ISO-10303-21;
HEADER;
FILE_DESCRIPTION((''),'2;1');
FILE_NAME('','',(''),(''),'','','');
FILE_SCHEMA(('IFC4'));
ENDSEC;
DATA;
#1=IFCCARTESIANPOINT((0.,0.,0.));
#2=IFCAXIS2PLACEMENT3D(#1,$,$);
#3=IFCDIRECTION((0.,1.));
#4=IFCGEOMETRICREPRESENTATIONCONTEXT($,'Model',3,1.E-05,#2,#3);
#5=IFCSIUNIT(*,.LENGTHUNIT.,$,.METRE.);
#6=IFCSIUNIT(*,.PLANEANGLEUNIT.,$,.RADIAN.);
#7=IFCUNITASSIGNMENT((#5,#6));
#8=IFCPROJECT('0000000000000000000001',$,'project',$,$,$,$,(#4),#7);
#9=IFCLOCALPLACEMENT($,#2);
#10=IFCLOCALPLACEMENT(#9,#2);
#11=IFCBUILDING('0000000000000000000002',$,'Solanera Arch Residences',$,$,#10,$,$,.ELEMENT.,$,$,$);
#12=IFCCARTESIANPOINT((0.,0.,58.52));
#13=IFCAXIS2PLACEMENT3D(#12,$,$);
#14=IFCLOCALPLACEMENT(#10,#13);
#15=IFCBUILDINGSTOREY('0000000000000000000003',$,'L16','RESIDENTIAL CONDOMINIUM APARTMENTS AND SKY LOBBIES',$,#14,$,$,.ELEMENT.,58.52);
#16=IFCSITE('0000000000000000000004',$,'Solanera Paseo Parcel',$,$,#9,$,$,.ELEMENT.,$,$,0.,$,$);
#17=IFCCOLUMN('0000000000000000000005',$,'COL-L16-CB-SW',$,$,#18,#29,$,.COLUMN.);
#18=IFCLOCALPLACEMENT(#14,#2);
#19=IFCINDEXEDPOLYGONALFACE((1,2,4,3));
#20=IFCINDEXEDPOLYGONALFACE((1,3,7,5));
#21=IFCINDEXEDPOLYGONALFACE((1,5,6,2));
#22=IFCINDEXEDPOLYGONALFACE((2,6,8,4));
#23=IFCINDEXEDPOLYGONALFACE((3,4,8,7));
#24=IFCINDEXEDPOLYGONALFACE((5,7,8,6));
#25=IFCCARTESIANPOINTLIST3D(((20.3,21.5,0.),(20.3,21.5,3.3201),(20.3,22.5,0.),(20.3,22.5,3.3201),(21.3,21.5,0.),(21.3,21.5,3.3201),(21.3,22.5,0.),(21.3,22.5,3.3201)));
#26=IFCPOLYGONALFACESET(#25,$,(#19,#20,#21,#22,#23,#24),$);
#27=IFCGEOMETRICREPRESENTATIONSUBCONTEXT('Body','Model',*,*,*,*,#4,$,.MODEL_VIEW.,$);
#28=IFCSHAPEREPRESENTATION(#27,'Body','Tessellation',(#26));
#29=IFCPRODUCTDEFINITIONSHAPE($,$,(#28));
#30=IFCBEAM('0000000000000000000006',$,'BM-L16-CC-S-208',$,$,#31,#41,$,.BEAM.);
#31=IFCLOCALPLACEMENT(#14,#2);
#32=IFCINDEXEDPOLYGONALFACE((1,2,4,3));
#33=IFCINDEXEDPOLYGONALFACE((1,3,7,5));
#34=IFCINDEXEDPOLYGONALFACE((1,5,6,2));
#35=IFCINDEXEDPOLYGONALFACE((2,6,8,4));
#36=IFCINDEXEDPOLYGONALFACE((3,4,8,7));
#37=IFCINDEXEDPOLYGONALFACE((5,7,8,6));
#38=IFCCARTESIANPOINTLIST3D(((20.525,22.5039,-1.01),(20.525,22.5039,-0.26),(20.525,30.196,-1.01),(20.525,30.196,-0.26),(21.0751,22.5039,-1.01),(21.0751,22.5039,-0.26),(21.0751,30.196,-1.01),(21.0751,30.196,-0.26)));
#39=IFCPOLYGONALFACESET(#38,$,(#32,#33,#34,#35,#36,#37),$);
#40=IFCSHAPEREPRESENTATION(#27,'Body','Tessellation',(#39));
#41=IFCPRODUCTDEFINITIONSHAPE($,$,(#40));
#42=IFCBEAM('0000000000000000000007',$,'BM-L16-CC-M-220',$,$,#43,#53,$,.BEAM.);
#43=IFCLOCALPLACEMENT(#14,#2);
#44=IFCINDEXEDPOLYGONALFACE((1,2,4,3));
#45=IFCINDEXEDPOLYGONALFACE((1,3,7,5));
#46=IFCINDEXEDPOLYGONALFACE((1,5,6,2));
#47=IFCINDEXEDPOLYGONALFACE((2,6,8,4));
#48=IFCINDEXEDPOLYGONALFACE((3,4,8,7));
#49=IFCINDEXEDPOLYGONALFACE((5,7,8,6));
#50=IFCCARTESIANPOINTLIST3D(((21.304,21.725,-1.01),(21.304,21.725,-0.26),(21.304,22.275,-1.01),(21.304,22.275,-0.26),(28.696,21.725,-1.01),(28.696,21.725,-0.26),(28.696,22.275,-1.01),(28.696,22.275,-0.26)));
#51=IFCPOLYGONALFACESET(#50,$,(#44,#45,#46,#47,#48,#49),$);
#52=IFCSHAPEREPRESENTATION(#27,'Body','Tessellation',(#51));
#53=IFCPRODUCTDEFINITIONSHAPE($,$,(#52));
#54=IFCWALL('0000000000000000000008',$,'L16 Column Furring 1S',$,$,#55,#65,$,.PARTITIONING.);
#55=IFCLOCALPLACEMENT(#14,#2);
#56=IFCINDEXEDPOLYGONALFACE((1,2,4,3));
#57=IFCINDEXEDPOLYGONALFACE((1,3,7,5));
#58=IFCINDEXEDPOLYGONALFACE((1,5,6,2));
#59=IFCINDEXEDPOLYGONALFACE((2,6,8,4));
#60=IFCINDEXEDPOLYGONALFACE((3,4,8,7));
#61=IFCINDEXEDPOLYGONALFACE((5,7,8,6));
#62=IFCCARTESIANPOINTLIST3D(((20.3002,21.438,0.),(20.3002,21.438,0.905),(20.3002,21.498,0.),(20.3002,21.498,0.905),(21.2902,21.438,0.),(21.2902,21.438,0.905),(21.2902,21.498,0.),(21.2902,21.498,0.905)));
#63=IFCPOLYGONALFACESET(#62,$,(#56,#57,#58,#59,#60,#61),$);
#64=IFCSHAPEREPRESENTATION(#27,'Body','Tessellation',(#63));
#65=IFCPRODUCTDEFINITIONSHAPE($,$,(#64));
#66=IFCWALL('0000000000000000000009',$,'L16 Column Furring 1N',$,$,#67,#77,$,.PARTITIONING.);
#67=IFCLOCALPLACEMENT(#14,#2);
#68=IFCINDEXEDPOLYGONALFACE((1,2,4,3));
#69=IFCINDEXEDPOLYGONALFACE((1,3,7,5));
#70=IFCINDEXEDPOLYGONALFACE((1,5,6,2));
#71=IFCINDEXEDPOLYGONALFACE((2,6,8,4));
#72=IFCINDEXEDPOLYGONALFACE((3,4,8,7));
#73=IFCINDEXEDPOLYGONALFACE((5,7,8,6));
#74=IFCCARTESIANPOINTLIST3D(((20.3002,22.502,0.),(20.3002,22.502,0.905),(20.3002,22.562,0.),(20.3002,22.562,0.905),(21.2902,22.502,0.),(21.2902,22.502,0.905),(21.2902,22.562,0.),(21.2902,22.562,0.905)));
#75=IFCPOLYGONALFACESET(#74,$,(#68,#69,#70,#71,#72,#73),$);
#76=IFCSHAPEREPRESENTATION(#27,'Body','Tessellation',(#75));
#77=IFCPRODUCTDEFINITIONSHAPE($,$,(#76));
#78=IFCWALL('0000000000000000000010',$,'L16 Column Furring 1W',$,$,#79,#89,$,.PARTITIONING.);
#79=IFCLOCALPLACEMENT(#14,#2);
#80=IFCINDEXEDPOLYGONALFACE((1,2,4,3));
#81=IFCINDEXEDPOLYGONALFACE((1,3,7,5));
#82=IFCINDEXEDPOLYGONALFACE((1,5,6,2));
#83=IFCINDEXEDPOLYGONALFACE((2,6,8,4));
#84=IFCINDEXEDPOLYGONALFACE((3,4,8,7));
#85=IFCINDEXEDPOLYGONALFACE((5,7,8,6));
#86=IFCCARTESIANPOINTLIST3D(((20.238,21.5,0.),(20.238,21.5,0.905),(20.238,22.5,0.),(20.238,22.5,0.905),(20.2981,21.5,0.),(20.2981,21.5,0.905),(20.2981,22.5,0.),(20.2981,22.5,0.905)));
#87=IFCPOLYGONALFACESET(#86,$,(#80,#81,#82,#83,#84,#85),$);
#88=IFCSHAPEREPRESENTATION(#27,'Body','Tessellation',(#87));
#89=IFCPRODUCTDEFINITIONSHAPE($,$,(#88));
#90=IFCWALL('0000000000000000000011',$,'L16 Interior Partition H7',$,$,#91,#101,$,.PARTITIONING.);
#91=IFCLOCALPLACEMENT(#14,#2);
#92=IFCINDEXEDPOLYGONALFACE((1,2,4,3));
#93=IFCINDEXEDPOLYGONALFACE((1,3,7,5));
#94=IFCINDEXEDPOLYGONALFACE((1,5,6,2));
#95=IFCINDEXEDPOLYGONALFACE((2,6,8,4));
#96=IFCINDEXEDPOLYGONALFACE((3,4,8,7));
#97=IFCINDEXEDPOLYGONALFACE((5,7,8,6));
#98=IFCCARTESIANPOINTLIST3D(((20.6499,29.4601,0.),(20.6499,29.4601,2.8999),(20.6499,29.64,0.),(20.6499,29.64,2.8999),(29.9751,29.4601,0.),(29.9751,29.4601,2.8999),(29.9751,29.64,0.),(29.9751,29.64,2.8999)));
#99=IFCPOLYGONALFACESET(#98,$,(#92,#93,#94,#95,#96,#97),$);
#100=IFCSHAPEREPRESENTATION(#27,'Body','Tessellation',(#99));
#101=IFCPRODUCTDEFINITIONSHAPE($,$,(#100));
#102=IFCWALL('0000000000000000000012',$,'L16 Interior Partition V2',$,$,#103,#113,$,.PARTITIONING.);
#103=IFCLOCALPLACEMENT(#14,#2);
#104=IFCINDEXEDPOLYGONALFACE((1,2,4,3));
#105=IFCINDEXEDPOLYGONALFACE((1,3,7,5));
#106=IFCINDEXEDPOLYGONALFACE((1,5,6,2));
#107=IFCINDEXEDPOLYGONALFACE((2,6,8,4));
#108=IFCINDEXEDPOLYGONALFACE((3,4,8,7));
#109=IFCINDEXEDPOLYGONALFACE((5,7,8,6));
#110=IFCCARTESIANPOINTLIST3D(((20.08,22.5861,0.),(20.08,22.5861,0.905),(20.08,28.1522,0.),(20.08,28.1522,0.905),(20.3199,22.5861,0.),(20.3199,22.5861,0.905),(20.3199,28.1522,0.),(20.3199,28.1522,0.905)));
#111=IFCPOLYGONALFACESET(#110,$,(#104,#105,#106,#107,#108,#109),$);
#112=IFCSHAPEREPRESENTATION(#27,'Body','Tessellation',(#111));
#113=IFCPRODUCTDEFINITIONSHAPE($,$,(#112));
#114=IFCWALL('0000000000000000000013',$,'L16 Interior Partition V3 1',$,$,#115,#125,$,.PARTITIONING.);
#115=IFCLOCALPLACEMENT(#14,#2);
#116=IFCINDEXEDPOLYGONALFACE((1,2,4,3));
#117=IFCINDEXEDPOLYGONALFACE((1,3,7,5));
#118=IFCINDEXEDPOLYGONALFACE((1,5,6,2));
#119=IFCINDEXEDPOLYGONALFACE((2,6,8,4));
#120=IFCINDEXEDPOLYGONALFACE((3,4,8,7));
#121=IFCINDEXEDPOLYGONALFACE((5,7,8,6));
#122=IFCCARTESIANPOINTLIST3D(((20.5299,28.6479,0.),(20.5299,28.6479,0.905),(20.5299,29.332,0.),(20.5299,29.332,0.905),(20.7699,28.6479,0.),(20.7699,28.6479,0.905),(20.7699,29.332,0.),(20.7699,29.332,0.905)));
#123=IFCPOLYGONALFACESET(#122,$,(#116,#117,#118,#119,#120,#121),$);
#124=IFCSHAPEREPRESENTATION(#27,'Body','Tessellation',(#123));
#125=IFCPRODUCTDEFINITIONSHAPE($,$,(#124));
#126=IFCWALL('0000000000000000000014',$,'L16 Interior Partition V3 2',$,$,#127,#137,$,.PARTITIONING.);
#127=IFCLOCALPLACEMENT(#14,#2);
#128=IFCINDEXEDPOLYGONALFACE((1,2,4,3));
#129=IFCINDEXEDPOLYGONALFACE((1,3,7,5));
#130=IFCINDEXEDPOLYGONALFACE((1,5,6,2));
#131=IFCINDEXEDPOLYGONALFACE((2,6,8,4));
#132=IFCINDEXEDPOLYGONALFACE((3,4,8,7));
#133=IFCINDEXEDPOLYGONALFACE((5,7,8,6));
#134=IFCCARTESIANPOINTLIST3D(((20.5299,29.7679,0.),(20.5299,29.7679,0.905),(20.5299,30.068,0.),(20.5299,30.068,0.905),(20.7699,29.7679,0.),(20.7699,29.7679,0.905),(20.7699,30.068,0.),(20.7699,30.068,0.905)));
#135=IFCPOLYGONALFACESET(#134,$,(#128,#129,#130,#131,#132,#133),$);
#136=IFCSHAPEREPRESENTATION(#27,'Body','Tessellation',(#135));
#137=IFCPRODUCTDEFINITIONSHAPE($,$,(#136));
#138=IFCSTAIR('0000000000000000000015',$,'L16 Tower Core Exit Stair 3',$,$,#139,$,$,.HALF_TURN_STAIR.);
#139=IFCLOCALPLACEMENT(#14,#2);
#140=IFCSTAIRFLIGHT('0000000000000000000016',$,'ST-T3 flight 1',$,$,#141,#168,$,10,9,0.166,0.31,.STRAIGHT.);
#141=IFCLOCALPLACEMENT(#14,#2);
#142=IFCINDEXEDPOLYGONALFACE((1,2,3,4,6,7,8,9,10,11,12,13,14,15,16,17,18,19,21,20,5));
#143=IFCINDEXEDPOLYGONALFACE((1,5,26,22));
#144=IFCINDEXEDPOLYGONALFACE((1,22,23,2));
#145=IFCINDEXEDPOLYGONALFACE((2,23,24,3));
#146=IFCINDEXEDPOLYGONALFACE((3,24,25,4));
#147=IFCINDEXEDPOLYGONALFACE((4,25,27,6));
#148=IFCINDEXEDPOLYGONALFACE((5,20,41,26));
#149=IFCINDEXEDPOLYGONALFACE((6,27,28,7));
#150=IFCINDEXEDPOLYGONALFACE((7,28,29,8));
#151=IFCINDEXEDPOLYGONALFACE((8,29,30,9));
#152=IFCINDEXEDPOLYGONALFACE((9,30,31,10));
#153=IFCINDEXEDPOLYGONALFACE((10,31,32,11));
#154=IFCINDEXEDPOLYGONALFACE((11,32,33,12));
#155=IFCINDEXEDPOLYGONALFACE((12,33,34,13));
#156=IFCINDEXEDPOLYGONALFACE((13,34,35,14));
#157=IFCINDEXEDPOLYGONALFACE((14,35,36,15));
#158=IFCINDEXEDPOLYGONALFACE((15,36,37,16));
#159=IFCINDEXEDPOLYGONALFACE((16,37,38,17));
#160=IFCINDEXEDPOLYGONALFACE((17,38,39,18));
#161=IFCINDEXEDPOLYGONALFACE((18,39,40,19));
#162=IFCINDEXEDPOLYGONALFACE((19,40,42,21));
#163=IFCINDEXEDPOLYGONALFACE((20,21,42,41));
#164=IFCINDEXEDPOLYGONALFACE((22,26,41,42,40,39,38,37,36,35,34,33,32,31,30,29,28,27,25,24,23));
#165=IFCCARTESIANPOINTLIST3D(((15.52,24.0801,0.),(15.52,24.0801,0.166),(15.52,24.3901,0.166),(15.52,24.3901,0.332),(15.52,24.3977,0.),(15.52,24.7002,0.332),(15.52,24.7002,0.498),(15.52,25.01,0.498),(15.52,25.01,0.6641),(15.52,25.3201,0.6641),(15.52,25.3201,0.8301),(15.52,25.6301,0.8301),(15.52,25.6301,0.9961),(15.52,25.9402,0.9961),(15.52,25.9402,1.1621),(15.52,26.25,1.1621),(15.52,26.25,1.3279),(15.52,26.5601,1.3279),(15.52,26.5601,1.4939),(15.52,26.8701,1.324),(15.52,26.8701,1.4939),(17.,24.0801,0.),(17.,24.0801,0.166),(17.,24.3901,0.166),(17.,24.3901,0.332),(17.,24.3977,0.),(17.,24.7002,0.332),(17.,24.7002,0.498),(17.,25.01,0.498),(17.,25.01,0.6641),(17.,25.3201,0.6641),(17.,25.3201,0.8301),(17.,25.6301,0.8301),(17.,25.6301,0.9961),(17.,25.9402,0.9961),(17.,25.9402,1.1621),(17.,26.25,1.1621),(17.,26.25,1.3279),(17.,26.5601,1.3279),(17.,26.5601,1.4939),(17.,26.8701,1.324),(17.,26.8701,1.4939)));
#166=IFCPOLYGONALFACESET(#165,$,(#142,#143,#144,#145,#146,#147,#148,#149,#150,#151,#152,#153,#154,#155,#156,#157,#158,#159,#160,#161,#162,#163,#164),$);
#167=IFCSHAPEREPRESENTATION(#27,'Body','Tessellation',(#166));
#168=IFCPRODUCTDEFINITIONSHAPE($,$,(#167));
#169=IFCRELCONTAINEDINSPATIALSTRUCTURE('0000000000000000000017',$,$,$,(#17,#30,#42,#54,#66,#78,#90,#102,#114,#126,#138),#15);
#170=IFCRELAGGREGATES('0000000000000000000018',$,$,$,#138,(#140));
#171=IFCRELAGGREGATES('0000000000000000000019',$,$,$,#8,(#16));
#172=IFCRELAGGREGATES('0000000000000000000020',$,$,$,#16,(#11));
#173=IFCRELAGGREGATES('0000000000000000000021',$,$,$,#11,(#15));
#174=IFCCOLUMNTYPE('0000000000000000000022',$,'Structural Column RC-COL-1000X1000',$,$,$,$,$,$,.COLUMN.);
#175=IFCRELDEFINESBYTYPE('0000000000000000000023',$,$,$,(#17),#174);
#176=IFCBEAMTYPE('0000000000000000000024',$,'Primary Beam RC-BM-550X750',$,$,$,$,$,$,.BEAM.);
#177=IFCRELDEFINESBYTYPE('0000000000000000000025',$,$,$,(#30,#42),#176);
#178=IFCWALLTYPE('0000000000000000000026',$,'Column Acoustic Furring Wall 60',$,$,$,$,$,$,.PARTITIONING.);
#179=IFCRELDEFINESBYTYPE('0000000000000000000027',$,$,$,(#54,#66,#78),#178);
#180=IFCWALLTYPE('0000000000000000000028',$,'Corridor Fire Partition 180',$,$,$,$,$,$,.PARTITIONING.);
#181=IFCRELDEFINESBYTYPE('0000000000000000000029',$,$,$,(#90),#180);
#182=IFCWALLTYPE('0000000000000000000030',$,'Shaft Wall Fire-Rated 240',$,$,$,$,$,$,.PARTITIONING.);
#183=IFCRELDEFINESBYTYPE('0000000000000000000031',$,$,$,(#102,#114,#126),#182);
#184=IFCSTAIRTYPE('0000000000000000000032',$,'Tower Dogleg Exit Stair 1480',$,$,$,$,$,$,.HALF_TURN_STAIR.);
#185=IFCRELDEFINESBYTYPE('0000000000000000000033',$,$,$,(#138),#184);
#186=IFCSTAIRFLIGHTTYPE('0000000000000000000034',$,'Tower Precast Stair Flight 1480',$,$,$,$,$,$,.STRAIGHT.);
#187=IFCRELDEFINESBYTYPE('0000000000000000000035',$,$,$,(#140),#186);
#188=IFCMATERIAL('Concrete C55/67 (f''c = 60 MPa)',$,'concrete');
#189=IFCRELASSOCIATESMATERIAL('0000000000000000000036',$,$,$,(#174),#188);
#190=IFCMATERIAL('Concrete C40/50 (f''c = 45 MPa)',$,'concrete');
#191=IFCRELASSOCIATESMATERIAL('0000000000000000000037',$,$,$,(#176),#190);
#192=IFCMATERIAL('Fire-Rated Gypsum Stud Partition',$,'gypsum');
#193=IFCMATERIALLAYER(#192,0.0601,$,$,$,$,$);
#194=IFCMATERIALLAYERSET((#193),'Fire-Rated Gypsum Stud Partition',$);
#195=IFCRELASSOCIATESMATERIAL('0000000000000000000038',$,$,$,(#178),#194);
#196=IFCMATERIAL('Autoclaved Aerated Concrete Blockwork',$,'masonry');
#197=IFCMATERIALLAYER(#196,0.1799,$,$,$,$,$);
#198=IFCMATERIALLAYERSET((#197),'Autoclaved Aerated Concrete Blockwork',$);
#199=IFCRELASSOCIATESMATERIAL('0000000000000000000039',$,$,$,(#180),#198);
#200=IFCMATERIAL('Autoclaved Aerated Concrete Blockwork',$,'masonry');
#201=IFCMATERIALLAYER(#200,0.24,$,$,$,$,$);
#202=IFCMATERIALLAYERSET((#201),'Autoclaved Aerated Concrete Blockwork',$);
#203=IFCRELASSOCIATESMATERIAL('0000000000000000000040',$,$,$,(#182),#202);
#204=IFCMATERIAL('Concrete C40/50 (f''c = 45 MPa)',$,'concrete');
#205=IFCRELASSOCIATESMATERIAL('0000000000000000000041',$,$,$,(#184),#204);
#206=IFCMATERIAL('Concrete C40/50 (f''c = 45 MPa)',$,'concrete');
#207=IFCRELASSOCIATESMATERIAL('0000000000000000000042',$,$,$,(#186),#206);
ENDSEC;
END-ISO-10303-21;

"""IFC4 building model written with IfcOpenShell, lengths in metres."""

from ifc_helpers import new_model, si_unit, direction, frame, frame_2d, origin, origin_2d, place, context, subcontext, project, spatial, polyline, rectangle, outline, extrude, material, layer, layer_set, material_profile, profile_set, type_object, element, aggregate, save


model = new_model("IFC4")

# Units and contexts
model_context = context("Model", 3, precision=1e-05, world=origin(), true_north=direction((0.0, 1.0)))
body_context = subcontext(model_context, "Body", "Model", "MODEL_VIEW")
ifc_project = project(units=[si_unit("LENGTHUNIT", "METRE"), si_unit("PLANEANGLEUNIT", "RADIAN")], contexts=[model_context])

# Site, building, storey
site_placement = place(None, origin())
site = spatial("IfcSite", under=ifc_project, at=site_placement, Name="Solanera Paseo Parcel", CompositionType="ELEMENT", RefElevation=0.0)
building_placement = place(site_placement, origin())
building = spatial("IfcBuilding", under=site, at=building_placement, Name="Solanera Arch Residences", CompositionType="ELEMENT")
storey_placement = place(building_placement, frame((0.0, 0.0, 58.52)))
storey = spatial("IfcBuildingStorey", under=building, at=storey_placement, Name="L16", Description="RESIDENTIAL CONDOMINIUM APARTMENTS AND SKY LOBBIES", CompositionType="ELEMENT", Elevation=58.52)

# Column
ifc_material_1 = material(Name="Concrete C55/67 (f'c = 60 MPa)", Category="concrete")
ifc_material_profile_1 = material_profile(ifc_material_1, rectangle(XDim=1.0, YDim=1.0, at=origin_2d()))
ifc_profile_set_1 = profile_set([ifc_material_profile_1], Name="Concrete C55/67 (f'c = 60 MPa)")
column_type = type_object("IfcColumnType", Name="Structural Column RC-COL-1000X1000", PredefinedType="COLUMN", material=ifc_profile_set_1)
column_placement = place(storey_placement, frame((20.8, 22.0, 0.0), z_axis=(0.0, 0.0, 1.0), x_axis=(1.0, 0.0, 0.0)))
element("IfcColumn", 1, at=column_placement, inside=storey, type_object=column_type, Name="COL-L16-CB-SW", PredefinedType="COLUMN", context=body_context, shape_type="SweptSolid", body=[
    extrude(rectangle(XDim=1.0, YDim=1.0, at=origin_2d()), origin(), (0.0, 0.0, 1.0), 3.3201),
])

# Beams
ifc_material_2 = material(Name="Concrete C40/50 (f'c = 45 MPa)", Category="concrete")
ifc_material_profile_2 = material_profile(ifc_material_2, rectangle(XDim=0.55, YDim=0.75, at=origin_2d()))
ifc_profile_set_2 = profile_set([ifc_material_profile_2], Name="Concrete C40/50 (f'c = 45 MPa)")
beam_type = type_object("IfcBeamType", Name="Primary Beam RC-BM-550X750", PredefinedType="BEAM", material=ifc_profile_set_2)
beam_1_placement = place(storey_placement, frame((20.8, 22.5039, -0.635), z_axis=(0.0, 1.0, 0.0), x_axis=(-1.0, 0.0, 0.0)))
element("IfcBeam", 2, at=beam_1_placement, inside=storey, type_object=beam_type, Name="BM-L16-CC-S-208", PredefinedType="BEAM", context=body_context, shape_type="SweptSolid", body=[
    extrude(rectangle(XDim=0.55, YDim=0.75, at=origin_2d()), origin(), (0.0, 0.0, 1.0), 7.6921),
])
beam_2_placement = place(storey_placement, frame((21.304, 22.0, -0.635), z_axis=(1.0, 0.0, 0.0), x_axis=(0.0, 1.0, 0.0)))
element("IfcBeam", 3, at=beam_2_placement, inside=storey, type_object=beam_type, Name="BM-L16-CC-M-220", PredefinedType="BEAM", context=body_context, shape_type="SweptSolid", body=[
    extrude(rectangle(XDim=0.55, YDim=0.75, at=origin_2d()), origin(), (0.0, 0.0, 1.0), 7.3921),
])

# Walls
ifc_material_3 = material(Name="Fire-Rated Gypsum Stud Partition", Category="gypsum")
ifc_layer_1 = layer(ifc_material_3, 0.0601)
ifc_layer_set_1 = layer_set([ifc_layer_1], Name="Fire-Rated Gypsum Stud Partition")
wall_type_1 = type_object("IfcWallType", Name="Column Acoustic Furring Wall 60", PredefinedType="PARTITIONING", material=ifc_layer_set_1)
for number, where, z_axis, x_axis, name in (
    (4, (20.3, 21.468, 0.0), (0.0, 0.0, 1.0), (1.0, 0.0, 0.0), "L16 Column Furring 1S"),
    (5, (20.3, 22.532, 0.0), (0.0, 0.0, 1.0), (1.0, 0.0, 0.0), "L16 Column Furring 1N"),
):
    element("IfcWall", number, at=place(storey_placement, frame(where, z_axis=z_axis, x_axis=x_axis)), inside=storey, type_object=wall_type_1, Name=name, PredefinedType="PARTITIONING", context=body_context, shape_type="SweptSolid", body=[
        extrude(rectangle(XDim=0.99, YDim=0.0601, at=frame_2d((0.4951, 0.0))), origin(), (0.0, 0.0, 1.0), 0.905),
    ])
wall_1_placement = place(storey_placement, frame((20.2681, 21.5, 0.0), z_axis=(0.0, 0.0, 1.0), x_axis=(0.0, 1.0, 0.0)))
element("IfcWall", 6, at=wall_1_placement, inside=storey, type_object=wall_type_1, Name="L16 Column Furring 1W", PredefinedType="PARTITIONING", context=body_context, shape_type="SweptSolid", body=[
    extrude(rectangle(XDim=1.0, YDim=0.0601, at=frame_2d((0.5, 0.0))), origin(), (0.0, 0.0, 1.0), 0.905),
])

# Wall
ifc_material_4 = material(Name="Autoclaved Aerated Concrete Blockwork", Category="masonry")
ifc_layer_2 = layer(ifc_material_4, 0.1799)
ifc_layer_set_2 = layer_set([ifc_layer_2], Name="Autoclaved Aerated Concrete Blockwork")
wall_type_2 = type_object("IfcWallType", Name="Corridor Fire Partition 180", PredefinedType="PARTITIONING", material=ifc_layer_set_2)
wall_2_placement = place(storey_placement, frame((20.6499, 29.55, 0.0), z_axis=(0.0, 0.0, 1.0), x_axis=(1.0, 0.0, 0.0)))
element("IfcWall", 7, at=wall_2_placement, inside=storey, type_object=wall_type_2, Name="L16 Interior Partition H7", PredefinedType="PARTITIONING", context=body_context, shape_type="SweptSolid", body=[
    extrude(rectangle(XDim=9.3252, YDim=0.1799, at=frame_2d((4.6626, 0.0))), origin(), (0.0, 0.0, 1.0), 2.8999),
])

# Shared definitions
ifc_material_5 = material(Name="Autoclaved Aerated Concrete Blockwork", Category="masonry")
ifc_layer_3 = layer(ifc_material_5, 0.24)
ifc_layer_set_3 = layer_set([ifc_layer_3], Name="Autoclaved Aerated Concrete Blockwork")
wall_type_3 = type_object("IfcWallType", Name="Shaft Wall Fire-Rated 240", PredefinedType="PARTITIONING", material=ifc_layer_set_3)

# Walls
wall_3_placement = place(storey_placement, frame((20.2, 22.5859, 0.0), z_axis=(0.0, 0.0, 1.0), x_axis=(0.0, 1.0, 0.0)))
element("IfcWall", 8, at=wall_3_placement, inside=storey, type_object=wall_type_3, Name="L16 Interior Partition V2", PredefinedType="PARTITIONING", context=body_context, shape_type="SweptSolid", body=[
    extrude(rectangle(XDim=5.5662, YDim=0.24, at=frame_2d((2.7832, 0.0))), origin(), (0.0, 0.0, 1.0), 0.905),
])
wall_4_placement = place(storey_placement, frame((20.6499, 28.6479, 0.0), z_axis=(0.0, 0.0, 1.0), x_axis=(0.0, 1.0, 0.0)))
element("IfcWall", 9, at=wall_4_placement, inside=storey, type_object=wall_type_3, Name="L16 Interior Partition V3 1", PredefinedType="PARTITIONING", context=body_context, shape_type="SweptSolid", body=[
    extrude(rectangle(XDim=0.6841, YDim=0.24, at=frame_2d((0.342, 0.0))), origin(), (0.0, 0.0, 1.0), 0.905),
])
wall_5_placement = place(storey_placement, frame((20.6499, 29.7681, 0.0), z_axis=(0.0, 0.0, 1.0), x_axis=(0.0, 1.0, 0.0)))
element("IfcWall", 10, at=wall_5_placement, inside=storey, type_object=wall_type_3, Name="L16 Interior Partition V3 2", PredefinedType="PARTITIONING", context=body_context, shape_type="SweptSolid", body=[
    extrude(rectangle(XDim=0.3, YDim=0.24, at=frame_2d((0.1499, 0.0))), origin(), (0.0, 0.0, 1.0), 0.905),
])

# Stair, stair flight
ifc_material_6 = material(Name="Concrete C40/50 (f'c = 45 MPa)", Category="concrete")
stair_type = type_object("IfcStairType", Name="Tower Dogleg Exit Stair 1480", PredefinedType="HALF_TURN_STAIR", material=ifc_material_6)
stair_placement = place(storey_placement, origin())
stair = element("IfcStair", 11, at=stair_placement, inside=storey, type_object=stair_type, Name="L16 Tower Core Exit Stair 3", PredefinedType="HALF_TURN_STAIR")
ifc_material_7 = material(Name="Concrete C40/50 (f'c = 45 MPa)", Category="concrete")
stair_flight_type = type_object("IfcStairFlightType", Name="Tower Precast Stair Flight 1480", PredefinedType="STRAIGHT", material=ifc_material_7)
stair_flight_placement = place(storey_placement, frame((16.26, 24.0801, 0.0), z_axis=(0.0, 0.0, 1.0), x_axis=(0.0, 1.0, 0.0)))
stair_flight = element("IfcStairFlight", 12, at=stair_flight_placement, type_object=stair_flight_type, Name="ST-T3 flight 1", NumberOfRisers=10, NumberOfTreads=9, PredefinedType="STRAIGHT", RiserHeight=0.166, TreadLength=0.31, context=body_context, shape_type="SweptSolid", body=[
    extrude(outline(polyline([(0.0, 0.0), (0.0, 0.166), (0.3101, 0.166), (0.3101, 0.332), (0.6201, 0.332), (0.6201, 0.498), (0.9299, 0.498), (0.9299, 0.6641), (1.24, 0.6641), (1.24, 0.8301), (1.55, 0.8301), (1.55, 0.9961), (1.8601, 0.9961), (1.8601, 1.1621), (2.1699, 1.1621), (2.1699, 1.3279), (2.48, 1.3279), (2.48, 1.4939), (2.79, 1.4939), (2.79, 1.6599), (2.79, 1.324), (0.3176, 0.0), (0.0, 0.0)])), frame((0.0, 0.74, 0.0), z_axis=(0.0, -1.0, 0.0), x_axis=(1.0, 0.0, 0.0)), (0.0, 0.0, 1.0), 1.48),
])
aggregate(stair, [stair_flight])

save(model, "model.ifc")
